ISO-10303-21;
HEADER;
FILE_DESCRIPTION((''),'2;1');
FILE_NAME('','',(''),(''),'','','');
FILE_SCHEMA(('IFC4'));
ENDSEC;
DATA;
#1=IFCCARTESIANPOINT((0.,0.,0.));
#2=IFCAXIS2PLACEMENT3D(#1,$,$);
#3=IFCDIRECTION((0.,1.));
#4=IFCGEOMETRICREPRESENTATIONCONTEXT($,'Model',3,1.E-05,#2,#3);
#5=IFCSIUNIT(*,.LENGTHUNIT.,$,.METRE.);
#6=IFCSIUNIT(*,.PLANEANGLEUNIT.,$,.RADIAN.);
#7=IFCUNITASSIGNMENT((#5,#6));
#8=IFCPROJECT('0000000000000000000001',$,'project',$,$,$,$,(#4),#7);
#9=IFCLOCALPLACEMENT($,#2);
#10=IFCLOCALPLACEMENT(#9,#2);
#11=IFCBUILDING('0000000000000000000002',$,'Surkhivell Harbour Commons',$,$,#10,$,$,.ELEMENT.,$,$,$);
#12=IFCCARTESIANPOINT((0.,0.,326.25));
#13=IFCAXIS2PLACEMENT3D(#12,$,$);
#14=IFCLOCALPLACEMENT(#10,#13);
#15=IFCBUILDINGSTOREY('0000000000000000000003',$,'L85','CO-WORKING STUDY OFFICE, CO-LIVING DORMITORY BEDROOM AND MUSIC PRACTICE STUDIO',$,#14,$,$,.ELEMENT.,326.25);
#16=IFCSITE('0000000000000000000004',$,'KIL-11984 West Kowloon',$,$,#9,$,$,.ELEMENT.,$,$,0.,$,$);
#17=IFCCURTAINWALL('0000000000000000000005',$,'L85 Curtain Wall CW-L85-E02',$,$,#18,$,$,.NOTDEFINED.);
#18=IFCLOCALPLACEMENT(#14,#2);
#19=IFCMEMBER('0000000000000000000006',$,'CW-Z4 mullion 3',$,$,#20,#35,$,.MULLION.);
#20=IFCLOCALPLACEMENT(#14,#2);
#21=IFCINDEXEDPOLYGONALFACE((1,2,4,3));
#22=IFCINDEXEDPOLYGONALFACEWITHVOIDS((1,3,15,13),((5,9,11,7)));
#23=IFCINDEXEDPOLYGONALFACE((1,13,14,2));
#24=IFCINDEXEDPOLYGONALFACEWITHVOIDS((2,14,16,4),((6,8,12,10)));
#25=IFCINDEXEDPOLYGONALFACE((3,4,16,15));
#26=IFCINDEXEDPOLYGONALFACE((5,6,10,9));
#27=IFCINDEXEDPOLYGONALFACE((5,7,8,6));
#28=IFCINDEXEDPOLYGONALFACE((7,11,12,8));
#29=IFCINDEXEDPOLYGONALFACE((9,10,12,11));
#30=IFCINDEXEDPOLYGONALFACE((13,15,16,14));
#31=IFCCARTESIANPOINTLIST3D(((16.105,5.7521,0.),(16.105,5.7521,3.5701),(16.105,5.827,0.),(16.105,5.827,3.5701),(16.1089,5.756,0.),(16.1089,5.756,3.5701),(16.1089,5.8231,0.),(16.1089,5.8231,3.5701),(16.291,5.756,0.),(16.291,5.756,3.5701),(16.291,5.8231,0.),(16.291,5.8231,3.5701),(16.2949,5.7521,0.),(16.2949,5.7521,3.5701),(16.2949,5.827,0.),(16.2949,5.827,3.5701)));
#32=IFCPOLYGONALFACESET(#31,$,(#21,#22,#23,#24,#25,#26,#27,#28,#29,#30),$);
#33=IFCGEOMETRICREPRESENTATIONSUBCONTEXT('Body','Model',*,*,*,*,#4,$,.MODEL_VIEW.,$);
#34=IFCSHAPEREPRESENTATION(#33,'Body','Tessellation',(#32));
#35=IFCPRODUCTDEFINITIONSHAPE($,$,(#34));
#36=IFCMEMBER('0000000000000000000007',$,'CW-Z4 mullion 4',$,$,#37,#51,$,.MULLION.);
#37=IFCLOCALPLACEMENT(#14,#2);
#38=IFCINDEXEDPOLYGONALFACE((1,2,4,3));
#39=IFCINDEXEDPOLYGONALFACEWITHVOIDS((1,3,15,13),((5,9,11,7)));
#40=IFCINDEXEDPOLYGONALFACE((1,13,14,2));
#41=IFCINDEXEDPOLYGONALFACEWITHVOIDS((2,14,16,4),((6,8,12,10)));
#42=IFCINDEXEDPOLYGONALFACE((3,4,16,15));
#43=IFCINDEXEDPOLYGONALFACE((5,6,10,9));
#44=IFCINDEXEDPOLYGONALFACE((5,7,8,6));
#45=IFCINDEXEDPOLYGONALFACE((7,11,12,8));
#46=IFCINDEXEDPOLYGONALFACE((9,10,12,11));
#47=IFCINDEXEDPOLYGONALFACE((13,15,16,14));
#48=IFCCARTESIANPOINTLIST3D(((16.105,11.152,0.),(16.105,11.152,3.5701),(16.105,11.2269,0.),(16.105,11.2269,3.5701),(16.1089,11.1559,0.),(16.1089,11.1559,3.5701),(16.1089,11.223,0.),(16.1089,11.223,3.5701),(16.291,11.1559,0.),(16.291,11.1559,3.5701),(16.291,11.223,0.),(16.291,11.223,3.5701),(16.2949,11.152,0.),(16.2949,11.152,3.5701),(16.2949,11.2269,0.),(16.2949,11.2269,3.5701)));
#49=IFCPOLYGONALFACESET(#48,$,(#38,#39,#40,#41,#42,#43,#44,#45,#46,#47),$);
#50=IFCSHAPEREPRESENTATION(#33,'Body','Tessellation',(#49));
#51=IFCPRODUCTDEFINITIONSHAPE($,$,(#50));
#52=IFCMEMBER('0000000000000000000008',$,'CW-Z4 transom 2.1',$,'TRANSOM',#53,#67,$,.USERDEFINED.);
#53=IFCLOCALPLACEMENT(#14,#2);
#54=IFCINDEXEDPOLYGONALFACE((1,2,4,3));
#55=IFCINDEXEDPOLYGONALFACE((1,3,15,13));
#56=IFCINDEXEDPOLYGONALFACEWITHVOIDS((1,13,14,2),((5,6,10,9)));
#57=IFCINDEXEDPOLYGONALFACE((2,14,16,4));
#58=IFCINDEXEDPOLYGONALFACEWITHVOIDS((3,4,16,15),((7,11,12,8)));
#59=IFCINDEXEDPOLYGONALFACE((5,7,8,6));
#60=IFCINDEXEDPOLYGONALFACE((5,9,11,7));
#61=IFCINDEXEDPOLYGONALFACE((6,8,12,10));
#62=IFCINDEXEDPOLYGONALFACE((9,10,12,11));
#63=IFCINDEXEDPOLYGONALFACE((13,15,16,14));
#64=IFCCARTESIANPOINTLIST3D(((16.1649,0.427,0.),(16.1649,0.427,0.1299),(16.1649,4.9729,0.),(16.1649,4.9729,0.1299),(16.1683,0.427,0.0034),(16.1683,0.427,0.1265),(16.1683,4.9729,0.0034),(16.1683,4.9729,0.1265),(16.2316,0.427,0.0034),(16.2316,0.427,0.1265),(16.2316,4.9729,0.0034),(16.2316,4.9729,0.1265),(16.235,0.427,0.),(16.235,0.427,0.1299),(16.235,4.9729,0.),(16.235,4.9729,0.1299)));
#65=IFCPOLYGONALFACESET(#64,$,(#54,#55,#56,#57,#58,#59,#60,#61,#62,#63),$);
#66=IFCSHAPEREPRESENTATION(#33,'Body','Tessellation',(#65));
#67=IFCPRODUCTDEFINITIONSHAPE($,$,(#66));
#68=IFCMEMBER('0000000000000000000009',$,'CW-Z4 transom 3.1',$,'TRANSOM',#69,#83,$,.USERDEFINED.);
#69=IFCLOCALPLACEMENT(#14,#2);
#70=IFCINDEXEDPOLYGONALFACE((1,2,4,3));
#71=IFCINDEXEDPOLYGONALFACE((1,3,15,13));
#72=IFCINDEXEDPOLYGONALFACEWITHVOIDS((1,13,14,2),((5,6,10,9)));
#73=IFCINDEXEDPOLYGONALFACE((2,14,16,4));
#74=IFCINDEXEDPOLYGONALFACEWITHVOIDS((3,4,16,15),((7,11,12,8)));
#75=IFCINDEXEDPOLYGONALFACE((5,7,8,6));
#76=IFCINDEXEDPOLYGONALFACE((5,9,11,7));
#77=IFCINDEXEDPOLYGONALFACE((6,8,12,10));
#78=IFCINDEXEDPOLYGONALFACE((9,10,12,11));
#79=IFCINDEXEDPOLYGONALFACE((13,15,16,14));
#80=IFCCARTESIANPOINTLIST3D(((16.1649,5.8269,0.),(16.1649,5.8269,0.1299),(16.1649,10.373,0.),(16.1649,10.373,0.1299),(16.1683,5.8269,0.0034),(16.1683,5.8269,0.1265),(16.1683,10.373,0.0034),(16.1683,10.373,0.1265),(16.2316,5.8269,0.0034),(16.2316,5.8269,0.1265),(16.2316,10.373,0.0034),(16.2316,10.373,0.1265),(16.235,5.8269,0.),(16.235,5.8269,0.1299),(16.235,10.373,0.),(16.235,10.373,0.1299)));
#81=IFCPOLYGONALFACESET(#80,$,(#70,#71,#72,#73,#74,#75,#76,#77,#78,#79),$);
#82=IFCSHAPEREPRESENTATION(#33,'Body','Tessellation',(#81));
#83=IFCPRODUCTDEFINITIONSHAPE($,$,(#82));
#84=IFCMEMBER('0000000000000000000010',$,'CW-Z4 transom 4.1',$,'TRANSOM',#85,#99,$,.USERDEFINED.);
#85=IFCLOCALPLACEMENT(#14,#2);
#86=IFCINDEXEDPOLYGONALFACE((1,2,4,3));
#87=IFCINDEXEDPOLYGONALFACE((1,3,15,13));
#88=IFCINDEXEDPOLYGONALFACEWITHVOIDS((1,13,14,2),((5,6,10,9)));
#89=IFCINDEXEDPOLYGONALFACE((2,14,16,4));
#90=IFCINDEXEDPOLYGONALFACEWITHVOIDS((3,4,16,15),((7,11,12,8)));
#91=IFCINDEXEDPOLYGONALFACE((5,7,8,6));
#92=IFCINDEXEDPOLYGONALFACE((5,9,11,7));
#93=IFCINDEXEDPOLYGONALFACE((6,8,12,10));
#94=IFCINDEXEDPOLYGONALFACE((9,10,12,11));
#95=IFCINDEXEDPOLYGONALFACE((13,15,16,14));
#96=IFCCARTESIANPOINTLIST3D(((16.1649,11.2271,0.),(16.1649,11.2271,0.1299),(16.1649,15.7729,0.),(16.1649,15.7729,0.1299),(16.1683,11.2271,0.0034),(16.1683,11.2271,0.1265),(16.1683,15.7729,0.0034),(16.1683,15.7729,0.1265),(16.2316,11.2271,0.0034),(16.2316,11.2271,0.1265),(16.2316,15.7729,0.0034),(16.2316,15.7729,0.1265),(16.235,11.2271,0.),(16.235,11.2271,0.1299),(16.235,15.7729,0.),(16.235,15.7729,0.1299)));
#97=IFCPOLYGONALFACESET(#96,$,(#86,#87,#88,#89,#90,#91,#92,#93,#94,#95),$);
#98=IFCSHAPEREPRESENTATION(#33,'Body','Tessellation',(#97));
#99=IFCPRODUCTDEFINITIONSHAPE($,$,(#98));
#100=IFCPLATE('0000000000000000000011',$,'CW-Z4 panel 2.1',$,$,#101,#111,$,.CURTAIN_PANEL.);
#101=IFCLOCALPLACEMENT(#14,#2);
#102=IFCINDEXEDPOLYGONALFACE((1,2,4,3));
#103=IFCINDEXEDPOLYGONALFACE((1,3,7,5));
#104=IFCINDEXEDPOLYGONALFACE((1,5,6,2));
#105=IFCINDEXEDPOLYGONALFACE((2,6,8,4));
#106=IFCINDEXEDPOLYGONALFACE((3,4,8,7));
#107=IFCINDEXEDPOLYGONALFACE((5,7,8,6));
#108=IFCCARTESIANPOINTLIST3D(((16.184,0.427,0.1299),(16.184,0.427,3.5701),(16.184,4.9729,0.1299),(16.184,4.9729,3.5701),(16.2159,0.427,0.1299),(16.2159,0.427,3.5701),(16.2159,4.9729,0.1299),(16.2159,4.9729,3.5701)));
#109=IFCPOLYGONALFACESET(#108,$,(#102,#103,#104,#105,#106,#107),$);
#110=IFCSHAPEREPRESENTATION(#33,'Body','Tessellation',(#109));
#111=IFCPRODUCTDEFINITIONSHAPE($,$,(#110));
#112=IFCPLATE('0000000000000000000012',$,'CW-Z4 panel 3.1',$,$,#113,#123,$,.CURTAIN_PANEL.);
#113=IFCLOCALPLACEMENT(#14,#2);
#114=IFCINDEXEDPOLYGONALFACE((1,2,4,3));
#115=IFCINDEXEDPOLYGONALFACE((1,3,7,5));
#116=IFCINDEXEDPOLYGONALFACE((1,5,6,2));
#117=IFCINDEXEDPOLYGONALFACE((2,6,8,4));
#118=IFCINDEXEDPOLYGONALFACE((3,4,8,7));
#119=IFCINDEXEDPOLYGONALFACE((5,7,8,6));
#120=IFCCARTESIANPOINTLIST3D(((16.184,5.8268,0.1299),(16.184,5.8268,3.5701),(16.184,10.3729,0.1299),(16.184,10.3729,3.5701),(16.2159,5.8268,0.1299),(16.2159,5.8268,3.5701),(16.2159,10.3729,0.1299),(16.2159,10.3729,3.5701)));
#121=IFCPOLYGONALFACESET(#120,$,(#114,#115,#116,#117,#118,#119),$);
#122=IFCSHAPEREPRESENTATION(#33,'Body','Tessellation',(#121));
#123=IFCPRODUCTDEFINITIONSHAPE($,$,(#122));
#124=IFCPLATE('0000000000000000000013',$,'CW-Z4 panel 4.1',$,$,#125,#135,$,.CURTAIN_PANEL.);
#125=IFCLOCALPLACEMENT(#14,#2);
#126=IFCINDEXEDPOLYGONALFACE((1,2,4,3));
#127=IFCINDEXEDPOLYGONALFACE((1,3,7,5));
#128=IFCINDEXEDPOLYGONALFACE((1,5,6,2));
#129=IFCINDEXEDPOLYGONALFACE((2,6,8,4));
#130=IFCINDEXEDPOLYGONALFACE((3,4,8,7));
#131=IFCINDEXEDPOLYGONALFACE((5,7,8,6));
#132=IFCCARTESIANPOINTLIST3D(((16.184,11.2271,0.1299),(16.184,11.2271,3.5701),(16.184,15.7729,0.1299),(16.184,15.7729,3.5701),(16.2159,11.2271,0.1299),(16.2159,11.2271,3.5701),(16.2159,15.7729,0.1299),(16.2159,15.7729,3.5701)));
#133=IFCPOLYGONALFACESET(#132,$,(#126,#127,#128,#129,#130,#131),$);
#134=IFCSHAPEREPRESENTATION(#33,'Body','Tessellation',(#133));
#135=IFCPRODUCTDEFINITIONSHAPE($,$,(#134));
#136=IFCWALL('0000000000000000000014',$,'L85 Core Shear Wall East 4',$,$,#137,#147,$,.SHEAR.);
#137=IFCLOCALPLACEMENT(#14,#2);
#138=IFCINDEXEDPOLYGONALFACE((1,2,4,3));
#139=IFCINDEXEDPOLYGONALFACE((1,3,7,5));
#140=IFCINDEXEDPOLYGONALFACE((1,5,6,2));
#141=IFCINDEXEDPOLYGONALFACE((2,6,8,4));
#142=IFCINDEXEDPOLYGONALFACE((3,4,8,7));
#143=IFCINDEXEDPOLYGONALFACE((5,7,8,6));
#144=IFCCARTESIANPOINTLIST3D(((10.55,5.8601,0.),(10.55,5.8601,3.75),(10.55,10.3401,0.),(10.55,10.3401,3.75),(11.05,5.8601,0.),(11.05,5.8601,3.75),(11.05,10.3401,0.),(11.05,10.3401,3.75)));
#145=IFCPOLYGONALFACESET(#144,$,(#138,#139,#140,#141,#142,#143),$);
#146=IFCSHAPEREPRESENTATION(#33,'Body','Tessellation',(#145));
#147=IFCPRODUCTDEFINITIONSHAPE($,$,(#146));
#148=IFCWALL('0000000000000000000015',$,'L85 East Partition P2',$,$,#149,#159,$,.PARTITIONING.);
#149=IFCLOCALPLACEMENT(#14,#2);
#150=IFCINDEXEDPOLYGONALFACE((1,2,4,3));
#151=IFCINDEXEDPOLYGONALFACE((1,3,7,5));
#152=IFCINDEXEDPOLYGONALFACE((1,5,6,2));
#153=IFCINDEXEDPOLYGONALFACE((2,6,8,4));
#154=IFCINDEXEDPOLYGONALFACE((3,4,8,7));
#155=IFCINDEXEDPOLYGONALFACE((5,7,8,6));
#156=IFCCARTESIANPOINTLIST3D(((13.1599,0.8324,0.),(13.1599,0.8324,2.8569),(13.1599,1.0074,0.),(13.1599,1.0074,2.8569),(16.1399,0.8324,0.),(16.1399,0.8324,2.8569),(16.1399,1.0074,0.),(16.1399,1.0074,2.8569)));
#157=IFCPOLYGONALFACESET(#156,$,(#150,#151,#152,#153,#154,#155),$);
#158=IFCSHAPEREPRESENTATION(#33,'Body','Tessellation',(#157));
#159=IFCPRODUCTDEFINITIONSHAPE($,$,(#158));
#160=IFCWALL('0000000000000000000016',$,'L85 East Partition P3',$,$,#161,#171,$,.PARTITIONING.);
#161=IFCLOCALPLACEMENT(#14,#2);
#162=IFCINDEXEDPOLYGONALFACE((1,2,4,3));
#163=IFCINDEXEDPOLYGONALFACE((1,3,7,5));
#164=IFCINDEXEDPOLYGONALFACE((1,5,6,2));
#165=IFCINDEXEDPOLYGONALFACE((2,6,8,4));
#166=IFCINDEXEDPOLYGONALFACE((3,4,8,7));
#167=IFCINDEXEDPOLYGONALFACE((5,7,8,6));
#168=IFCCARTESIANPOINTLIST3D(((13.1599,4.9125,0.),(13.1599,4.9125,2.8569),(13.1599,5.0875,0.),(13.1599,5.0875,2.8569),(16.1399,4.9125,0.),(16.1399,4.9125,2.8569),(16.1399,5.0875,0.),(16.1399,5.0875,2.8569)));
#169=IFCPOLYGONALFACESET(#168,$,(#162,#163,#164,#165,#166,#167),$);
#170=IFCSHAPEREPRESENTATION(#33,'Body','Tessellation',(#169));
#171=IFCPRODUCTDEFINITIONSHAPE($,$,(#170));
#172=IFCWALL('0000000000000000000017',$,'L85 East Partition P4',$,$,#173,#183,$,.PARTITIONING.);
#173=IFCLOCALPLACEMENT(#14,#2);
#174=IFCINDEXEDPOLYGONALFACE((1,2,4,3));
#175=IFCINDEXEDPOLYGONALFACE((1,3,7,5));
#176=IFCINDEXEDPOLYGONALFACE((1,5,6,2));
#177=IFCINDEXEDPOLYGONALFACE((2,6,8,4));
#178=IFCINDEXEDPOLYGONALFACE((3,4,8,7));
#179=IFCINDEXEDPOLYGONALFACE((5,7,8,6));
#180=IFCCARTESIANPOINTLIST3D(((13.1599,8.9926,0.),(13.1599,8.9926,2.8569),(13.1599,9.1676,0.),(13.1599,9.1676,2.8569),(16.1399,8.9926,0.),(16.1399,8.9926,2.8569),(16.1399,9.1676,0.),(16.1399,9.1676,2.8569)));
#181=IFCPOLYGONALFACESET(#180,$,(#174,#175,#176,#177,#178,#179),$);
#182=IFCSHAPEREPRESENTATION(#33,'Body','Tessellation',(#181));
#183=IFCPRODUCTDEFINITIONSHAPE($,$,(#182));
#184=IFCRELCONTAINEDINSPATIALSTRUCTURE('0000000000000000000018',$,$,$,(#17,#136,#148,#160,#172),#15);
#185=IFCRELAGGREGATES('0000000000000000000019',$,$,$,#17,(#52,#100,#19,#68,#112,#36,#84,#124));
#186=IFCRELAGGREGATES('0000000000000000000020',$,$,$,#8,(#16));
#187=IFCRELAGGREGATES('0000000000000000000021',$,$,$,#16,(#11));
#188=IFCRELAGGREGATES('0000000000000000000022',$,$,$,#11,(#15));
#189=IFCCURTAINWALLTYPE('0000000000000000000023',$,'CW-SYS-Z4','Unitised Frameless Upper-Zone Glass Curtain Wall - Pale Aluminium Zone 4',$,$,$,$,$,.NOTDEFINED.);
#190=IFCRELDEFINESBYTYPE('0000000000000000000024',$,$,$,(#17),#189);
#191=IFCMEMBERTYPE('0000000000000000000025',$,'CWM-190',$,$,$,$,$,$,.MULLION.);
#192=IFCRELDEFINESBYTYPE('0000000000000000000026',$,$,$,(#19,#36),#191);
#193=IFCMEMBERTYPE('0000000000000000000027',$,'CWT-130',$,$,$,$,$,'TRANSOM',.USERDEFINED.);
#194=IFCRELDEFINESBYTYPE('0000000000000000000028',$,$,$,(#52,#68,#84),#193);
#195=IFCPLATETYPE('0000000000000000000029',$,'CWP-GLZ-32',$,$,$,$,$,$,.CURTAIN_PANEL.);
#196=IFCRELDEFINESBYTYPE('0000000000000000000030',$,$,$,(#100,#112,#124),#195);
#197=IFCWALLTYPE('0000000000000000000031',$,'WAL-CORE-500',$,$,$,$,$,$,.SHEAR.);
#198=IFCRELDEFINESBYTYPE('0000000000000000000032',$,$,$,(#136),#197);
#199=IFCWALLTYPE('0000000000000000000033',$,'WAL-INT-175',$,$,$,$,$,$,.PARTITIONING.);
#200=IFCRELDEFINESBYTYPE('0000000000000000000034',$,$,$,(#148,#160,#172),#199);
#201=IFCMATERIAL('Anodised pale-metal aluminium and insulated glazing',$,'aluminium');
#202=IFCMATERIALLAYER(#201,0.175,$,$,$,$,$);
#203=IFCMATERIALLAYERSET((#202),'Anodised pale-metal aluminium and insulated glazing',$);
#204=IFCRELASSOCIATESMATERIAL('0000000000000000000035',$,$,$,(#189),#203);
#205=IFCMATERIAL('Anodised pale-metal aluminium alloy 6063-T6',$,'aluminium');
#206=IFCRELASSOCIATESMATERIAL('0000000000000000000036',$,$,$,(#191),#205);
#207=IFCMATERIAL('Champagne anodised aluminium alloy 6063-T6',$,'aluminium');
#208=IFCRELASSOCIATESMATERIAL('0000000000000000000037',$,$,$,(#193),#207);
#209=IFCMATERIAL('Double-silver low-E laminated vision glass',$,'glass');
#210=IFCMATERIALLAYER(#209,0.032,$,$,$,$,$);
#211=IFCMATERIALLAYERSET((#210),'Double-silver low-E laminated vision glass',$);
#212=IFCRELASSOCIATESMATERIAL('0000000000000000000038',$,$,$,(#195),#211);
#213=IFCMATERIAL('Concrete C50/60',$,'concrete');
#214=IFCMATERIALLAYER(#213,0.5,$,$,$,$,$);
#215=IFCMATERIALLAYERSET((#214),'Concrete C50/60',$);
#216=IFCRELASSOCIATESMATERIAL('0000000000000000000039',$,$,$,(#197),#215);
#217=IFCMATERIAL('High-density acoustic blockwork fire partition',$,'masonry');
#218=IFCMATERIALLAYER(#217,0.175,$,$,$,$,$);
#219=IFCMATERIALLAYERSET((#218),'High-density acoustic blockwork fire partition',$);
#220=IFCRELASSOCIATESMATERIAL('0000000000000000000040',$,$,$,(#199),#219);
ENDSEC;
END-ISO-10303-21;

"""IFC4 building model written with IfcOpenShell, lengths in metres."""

from ifc_helpers import new_model, si_unit, direction, frame, frame_2d, origin, origin_2d, place, context, subcontext, project, spatial, rectangle, hollow_rectangle, extrude, material, layer, layer_set, material_profile, profile_set, type_object, element, aggregate, save


model = new_model("IFC4")

# Units and contexts
model_context = context("Model", 3, precision=1e-05, world=origin(), true_north=direction((0.0, 1.0)))
body_context = subcontext(model_context, "Body", "Model", "MODEL_VIEW")
ifc_project = project(units=[si_unit("LENGTHUNIT", "METRE"), si_unit("PLANEANGLEUNIT", "RADIAN")], contexts=[model_context])

# Site, building, storey
site_placement = place(None, origin())
site = spatial("IfcSite", under=ifc_project, at=site_placement, Name="KIL-11984 West Kowloon", CompositionType="ELEMENT", RefElevation=0.0)
building_placement = place(site_placement, origin())
building = spatial("IfcBuilding", under=site, at=building_placement, Name="Surkhivell Harbour Commons", CompositionType="ELEMENT")
storey_placement = place(building_placement, frame((0.0, 0.0, 326.25)))
storey = spatial("IfcBuildingStorey", under=building, at=storey_placement, Name="L85", Description="CO-WORKING STUDY OFFICE, CO-LIVING DORMITORY BEDROOM AND MUSIC PRACTICE STUDIO", CompositionType="ELEMENT", Elevation=326.25)

# Shared definitions
ifc_material_1 = material(Name="Concrete C50/60", Category="concrete")

# Curtain wall, members, plates
ifc_material_2 = material(Name="Anodised pale-metal aluminium and insulated glazing", Category="aluminium")
ifc_layer_1 = layer(ifc_material_2, 0.175)
ifc_layer_set_1 = layer_set([ifc_layer_1], Name="Anodised pale-metal aluminium and insulated glazing")
curtain_wall_type = type_object("IfcCurtainWallType", Name="CW-SYS-Z4", Description="Unitised Frameless Upper-Zone Glass Curtain Wall - Pale Aluminium Zone 4", PredefinedType="NOTDEFINED", material=ifc_layer_set_1)
curtain_wall_placement = place(storey_placement, origin())
curtain_wall = element("IfcCurtainWall", 1, at=curtain_wall_placement, inside=storey, type_object=curtain_wall_type, Name="L85 Curtain Wall CW-L85-E02", PredefinedType="NOTDEFINED")
ifc_material_3 = material(Name="Anodised pale-metal aluminium alloy 6063-T6", Category="aluminium")
ifc_material_profile_1 = material_profile(ifc_material_3, hollow_rectangle(XDim=0.075, YDim=0.1899, WallThickness=0.0039, at=origin_2d()), Name="ALU-MULL-75x190")
ifc_profile_set_1 = profile_set([ifc_material_profile_1], Name="Anodised pale-metal aluminium alloy 6063-T6")
member_type_1 = type_object("IfcMemberType", Name="CWM-190", PredefinedType="MULLION", material=ifc_profile_set_1)
member_1_placement = place(storey_placement, frame((16.2, 5.7896, 0.0), z_axis=(0.0, 0.0, 1.0), x_axis=(0.0, 1.0, 0.0)))
member_1 = element("IfcMember", 2, at=member_1_placement, type_object=member_type_1, Name="CW-Z4 mullion 3", PredefinedType="MULLION", context=body_context, shape_type="SweptSolid", body=[
    extrude(hollow_rectangle(XDim=0.075, YDim=0.1899, WallThickness=0.0039, at=origin_2d()), origin(), (0.0, 0.0, 1.0), 3.5701),
])
member_2_placement = place(storey_placement, frame((16.2, 11.1895, 0.0), z_axis=(0.0, 0.0, 1.0), x_axis=(0.0, 1.0, 0.0)))
member_2 = element("IfcMember", 3, at=member_2_placement, type_object=member_type_1, Name="CW-Z4 mullion 4", PredefinedType="MULLION", context=body_context, shape_type="SweptSolid", body=[
    extrude(hollow_rectangle(XDim=0.075, YDim=0.1899, WallThickness=0.0039, at=origin_2d()), origin(), (0.0, 0.0, 1.0), 3.5701),
])
ifc_material_4 = material(Name="Champagne anodised aluminium alloy 6063-T6", Category="aluminium")
ifc_material_profile_2 = material_profile(ifc_material_4, hollow_rectangle(XDim=0.0701, YDim=0.1299, WallThickness=0.0034, at=origin_2d()), Name="ALU-TRAN-70x130")
ifc_profile_set_2 = profile_set([ifc_material_profile_2], Name="Champagne anodised aluminium alloy 6063-T6")
member_type_2 = type_object("IfcMemberType", Name="CWT-130", ElementType="TRANSOM", PredefinedType="USERDEFINED", material=ifc_profile_set_2)
member_3_placement = place(storey_placement, frame((16.2, 0.427, 0.0649), z_axis=(0.0, 1.0, 0.0), x_axis=(-1.0, 0.0, 0.0)))
member_3 = element("IfcMember", 4, at=member_3_placement, type_object=member_type_2, Name="CW-Z4 transom 2.1", ObjectType="TRANSOM", PredefinedType="USERDEFINED", context=body_context, shape_type="SweptSolid", body=[
    extrude(hollow_rectangle(XDim=0.0701, YDim=0.1299, WallThickness=0.0034, at=origin_2d()), origin(), (0.0, 0.0, 1.0), 4.5459),
])
member_4_placement = place(storey_placement, frame((16.2, 5.8269, 0.0649), z_axis=(0.0, 1.0, 0.0), x_axis=(-1.0, 0.0, 0.0)))
member_4 = element("IfcMember", 5, at=member_4_placement, type_object=member_type_2, Name="CW-Z4 transom 3.1", ObjectType="TRANSOM", PredefinedType="USERDEFINED", context=body_context, shape_type="SweptSolid", body=[
    extrude(hollow_rectangle(XDim=0.0701, YDim=0.1299, WallThickness=0.0034, at=origin_2d()), origin(), (0.0, 0.0, 1.0), 4.5461),
])
member_5_placement = place(storey_placement, frame((16.2, 11.2271, 0.0649), z_axis=(0.0, 1.0, 0.0), x_axis=(-1.0, 0.0, 0.0)))
member_5 = element("IfcMember", 6, at=member_5_placement, type_object=member_type_2, Name="CW-Z4 transom 4.1", ObjectType="TRANSOM", PredefinedType="USERDEFINED", context=body_context, shape_type="SweptSolid", body=[
    extrude(hollow_rectangle(XDim=0.0701, YDim=0.1299, WallThickness=0.0034, at=origin_2d()), origin(), (0.0, 0.0, 1.0), 4.5459),
])
ifc_material_5 = material(Name="Double-silver low-E laminated vision glass", Category="glass")
ifc_layer_2 = layer(ifc_material_5, 0.032)
ifc_layer_set_2 = layer_set([ifc_layer_2], Name="Double-silver low-E laminated vision glass")
plate_type = type_object("IfcPlateType", Name="CWP-GLZ-32", PredefinedType="CURTAIN_PANEL", material=ifc_layer_set_2)
plate_1_placement = place(storey_placement, frame((16.2, 0.427, 0.1299), z_axis=(0.0, 0.0, 1.0), x_axis=(0.0, 1.0, 0.0)))
plate_1 = element("IfcPlate", 7, at=plate_1_placement, type_object=plate_type, Name="CW-Z4 panel 2.1", PredefinedType="CURTAIN_PANEL", context=body_context, shape_type="SweptSolid", body=[
    extrude(rectangle(XDim=4.5459, YDim=0.032, at=frame_2d((2.2729, 0.0))), origin(), (0.0, 0.0, 1.0), 3.4402),
])
plate_2_placement = place(storey_placement, frame((16.2, 5.8269, 0.1299), z_axis=(0.0, 0.0, 1.0), x_axis=(0.0, 1.0, 0.0)))
plate_2 = element("IfcPlate", 8, at=plate_2_placement, type_object=plate_type, Name="CW-Z4 panel 3.1", PredefinedType="CURTAIN_PANEL", context=body_context, shape_type="SweptSolid", body=[
    extrude(rectangle(XDim=4.5461, YDim=0.032, at=frame_2d((2.2729, 0.0))), origin(), (0.0, 0.0, 1.0), 3.4402),
])
plate_3_placement = place(storey_placement, frame((16.2, 11.2271, 0.1299), z_axis=(0.0, 0.0, 1.0), x_axis=(0.0, 1.0, 0.0)))
plate_3 = element("IfcPlate", 9, at=plate_3_placement, type_object=plate_type, Name="CW-Z4 panel 4.1", PredefinedType="CURTAIN_PANEL", context=body_context, shape_type="SweptSolid", body=[
    extrude(rectangle(XDim=4.5459, YDim=0.032, at=frame_2d((2.2729, 0.0))), origin(), (0.0, 0.0, 1.0), 3.4402),
])
aggregate(curtain_wall, [member_3, plate_1, member_1, member_4, plate_2, member_2, member_5, plate_3])

# Walls
ifc_layer_3 = layer(ifc_material_1, 0.5)
ifc_layer_set_3 = layer_set([ifc_layer_3], Name="Concrete C50/60")
wall_type_1 = type_object("IfcWallType", Name="WAL-CORE-500", PredefinedType="SHEAR", material=ifc_layer_set_3)
wall_placement = place(storey_placement, frame((10.8, 5.8601, 0.0), z_axis=(0.0, 0.0, 1.0), x_axis=(0.0, 1.0, 0.0)))
element("IfcWall", 10, at=wall_placement, inside=storey, type_object=wall_type_1, Name="L85 Core Shear Wall East 4", PredefinedType="SHEAR", context=body_context, shape_type="SweptSolid", body=[
    extrude(rectangle(XDim=4.48, YDim=0.5, at=frame_2d((2.24, 0.0))), origin(), (0.0, 0.0, 1.0), 3.75),
])
ifc_material_6 = material(Name="High-density acoustic blockwork fire partition", Category="masonry")
ifc_layer_4 = layer(ifc_material_6, 0.175)
ifc_layer_set_4 = layer_set([ifc_layer_4], Name="High-density acoustic blockwork fire partition")
wall_type_2 = type_object("IfcWallType", Name="WAL-INT-175", PredefinedType="PARTITIONING", material=ifc_layer_set_4)
for number, where, z_axis, x_axis, name in (
    (11, (13.1599, 0.9199, 0.0), (0.0, 0.0, 1.0), (1.0, 0.0, 0.0), "L85 East Partition P2"),
    (12, (13.1599, 5.0, 0.0), (0.0, 0.0, 1.0), (1.0, 0.0, 0.0), "L85 East Partition P3"),
    (13, (13.1599, 9.0801, 0.0), (0.0, 0.0, 1.0), (1.0, 0.0, 0.0), "L85 East Partition P4"),
):
    element("IfcWall", number, at=place(storey_placement, frame(where, z_axis=z_axis, x_axis=x_axis)), inside=storey, type_object=wall_type_2, Name=name, PredefinedType="PARTITIONING", context=body_context, shape_type="SweptSolid", body=[
        extrude(rectangle(XDim=2.98, YDim=0.175, at=frame_2d((1.49, 0.0))), origin(), (0.0, 0.0, 1.0), 2.8569),
    ])

save(model, "model.ifc")
